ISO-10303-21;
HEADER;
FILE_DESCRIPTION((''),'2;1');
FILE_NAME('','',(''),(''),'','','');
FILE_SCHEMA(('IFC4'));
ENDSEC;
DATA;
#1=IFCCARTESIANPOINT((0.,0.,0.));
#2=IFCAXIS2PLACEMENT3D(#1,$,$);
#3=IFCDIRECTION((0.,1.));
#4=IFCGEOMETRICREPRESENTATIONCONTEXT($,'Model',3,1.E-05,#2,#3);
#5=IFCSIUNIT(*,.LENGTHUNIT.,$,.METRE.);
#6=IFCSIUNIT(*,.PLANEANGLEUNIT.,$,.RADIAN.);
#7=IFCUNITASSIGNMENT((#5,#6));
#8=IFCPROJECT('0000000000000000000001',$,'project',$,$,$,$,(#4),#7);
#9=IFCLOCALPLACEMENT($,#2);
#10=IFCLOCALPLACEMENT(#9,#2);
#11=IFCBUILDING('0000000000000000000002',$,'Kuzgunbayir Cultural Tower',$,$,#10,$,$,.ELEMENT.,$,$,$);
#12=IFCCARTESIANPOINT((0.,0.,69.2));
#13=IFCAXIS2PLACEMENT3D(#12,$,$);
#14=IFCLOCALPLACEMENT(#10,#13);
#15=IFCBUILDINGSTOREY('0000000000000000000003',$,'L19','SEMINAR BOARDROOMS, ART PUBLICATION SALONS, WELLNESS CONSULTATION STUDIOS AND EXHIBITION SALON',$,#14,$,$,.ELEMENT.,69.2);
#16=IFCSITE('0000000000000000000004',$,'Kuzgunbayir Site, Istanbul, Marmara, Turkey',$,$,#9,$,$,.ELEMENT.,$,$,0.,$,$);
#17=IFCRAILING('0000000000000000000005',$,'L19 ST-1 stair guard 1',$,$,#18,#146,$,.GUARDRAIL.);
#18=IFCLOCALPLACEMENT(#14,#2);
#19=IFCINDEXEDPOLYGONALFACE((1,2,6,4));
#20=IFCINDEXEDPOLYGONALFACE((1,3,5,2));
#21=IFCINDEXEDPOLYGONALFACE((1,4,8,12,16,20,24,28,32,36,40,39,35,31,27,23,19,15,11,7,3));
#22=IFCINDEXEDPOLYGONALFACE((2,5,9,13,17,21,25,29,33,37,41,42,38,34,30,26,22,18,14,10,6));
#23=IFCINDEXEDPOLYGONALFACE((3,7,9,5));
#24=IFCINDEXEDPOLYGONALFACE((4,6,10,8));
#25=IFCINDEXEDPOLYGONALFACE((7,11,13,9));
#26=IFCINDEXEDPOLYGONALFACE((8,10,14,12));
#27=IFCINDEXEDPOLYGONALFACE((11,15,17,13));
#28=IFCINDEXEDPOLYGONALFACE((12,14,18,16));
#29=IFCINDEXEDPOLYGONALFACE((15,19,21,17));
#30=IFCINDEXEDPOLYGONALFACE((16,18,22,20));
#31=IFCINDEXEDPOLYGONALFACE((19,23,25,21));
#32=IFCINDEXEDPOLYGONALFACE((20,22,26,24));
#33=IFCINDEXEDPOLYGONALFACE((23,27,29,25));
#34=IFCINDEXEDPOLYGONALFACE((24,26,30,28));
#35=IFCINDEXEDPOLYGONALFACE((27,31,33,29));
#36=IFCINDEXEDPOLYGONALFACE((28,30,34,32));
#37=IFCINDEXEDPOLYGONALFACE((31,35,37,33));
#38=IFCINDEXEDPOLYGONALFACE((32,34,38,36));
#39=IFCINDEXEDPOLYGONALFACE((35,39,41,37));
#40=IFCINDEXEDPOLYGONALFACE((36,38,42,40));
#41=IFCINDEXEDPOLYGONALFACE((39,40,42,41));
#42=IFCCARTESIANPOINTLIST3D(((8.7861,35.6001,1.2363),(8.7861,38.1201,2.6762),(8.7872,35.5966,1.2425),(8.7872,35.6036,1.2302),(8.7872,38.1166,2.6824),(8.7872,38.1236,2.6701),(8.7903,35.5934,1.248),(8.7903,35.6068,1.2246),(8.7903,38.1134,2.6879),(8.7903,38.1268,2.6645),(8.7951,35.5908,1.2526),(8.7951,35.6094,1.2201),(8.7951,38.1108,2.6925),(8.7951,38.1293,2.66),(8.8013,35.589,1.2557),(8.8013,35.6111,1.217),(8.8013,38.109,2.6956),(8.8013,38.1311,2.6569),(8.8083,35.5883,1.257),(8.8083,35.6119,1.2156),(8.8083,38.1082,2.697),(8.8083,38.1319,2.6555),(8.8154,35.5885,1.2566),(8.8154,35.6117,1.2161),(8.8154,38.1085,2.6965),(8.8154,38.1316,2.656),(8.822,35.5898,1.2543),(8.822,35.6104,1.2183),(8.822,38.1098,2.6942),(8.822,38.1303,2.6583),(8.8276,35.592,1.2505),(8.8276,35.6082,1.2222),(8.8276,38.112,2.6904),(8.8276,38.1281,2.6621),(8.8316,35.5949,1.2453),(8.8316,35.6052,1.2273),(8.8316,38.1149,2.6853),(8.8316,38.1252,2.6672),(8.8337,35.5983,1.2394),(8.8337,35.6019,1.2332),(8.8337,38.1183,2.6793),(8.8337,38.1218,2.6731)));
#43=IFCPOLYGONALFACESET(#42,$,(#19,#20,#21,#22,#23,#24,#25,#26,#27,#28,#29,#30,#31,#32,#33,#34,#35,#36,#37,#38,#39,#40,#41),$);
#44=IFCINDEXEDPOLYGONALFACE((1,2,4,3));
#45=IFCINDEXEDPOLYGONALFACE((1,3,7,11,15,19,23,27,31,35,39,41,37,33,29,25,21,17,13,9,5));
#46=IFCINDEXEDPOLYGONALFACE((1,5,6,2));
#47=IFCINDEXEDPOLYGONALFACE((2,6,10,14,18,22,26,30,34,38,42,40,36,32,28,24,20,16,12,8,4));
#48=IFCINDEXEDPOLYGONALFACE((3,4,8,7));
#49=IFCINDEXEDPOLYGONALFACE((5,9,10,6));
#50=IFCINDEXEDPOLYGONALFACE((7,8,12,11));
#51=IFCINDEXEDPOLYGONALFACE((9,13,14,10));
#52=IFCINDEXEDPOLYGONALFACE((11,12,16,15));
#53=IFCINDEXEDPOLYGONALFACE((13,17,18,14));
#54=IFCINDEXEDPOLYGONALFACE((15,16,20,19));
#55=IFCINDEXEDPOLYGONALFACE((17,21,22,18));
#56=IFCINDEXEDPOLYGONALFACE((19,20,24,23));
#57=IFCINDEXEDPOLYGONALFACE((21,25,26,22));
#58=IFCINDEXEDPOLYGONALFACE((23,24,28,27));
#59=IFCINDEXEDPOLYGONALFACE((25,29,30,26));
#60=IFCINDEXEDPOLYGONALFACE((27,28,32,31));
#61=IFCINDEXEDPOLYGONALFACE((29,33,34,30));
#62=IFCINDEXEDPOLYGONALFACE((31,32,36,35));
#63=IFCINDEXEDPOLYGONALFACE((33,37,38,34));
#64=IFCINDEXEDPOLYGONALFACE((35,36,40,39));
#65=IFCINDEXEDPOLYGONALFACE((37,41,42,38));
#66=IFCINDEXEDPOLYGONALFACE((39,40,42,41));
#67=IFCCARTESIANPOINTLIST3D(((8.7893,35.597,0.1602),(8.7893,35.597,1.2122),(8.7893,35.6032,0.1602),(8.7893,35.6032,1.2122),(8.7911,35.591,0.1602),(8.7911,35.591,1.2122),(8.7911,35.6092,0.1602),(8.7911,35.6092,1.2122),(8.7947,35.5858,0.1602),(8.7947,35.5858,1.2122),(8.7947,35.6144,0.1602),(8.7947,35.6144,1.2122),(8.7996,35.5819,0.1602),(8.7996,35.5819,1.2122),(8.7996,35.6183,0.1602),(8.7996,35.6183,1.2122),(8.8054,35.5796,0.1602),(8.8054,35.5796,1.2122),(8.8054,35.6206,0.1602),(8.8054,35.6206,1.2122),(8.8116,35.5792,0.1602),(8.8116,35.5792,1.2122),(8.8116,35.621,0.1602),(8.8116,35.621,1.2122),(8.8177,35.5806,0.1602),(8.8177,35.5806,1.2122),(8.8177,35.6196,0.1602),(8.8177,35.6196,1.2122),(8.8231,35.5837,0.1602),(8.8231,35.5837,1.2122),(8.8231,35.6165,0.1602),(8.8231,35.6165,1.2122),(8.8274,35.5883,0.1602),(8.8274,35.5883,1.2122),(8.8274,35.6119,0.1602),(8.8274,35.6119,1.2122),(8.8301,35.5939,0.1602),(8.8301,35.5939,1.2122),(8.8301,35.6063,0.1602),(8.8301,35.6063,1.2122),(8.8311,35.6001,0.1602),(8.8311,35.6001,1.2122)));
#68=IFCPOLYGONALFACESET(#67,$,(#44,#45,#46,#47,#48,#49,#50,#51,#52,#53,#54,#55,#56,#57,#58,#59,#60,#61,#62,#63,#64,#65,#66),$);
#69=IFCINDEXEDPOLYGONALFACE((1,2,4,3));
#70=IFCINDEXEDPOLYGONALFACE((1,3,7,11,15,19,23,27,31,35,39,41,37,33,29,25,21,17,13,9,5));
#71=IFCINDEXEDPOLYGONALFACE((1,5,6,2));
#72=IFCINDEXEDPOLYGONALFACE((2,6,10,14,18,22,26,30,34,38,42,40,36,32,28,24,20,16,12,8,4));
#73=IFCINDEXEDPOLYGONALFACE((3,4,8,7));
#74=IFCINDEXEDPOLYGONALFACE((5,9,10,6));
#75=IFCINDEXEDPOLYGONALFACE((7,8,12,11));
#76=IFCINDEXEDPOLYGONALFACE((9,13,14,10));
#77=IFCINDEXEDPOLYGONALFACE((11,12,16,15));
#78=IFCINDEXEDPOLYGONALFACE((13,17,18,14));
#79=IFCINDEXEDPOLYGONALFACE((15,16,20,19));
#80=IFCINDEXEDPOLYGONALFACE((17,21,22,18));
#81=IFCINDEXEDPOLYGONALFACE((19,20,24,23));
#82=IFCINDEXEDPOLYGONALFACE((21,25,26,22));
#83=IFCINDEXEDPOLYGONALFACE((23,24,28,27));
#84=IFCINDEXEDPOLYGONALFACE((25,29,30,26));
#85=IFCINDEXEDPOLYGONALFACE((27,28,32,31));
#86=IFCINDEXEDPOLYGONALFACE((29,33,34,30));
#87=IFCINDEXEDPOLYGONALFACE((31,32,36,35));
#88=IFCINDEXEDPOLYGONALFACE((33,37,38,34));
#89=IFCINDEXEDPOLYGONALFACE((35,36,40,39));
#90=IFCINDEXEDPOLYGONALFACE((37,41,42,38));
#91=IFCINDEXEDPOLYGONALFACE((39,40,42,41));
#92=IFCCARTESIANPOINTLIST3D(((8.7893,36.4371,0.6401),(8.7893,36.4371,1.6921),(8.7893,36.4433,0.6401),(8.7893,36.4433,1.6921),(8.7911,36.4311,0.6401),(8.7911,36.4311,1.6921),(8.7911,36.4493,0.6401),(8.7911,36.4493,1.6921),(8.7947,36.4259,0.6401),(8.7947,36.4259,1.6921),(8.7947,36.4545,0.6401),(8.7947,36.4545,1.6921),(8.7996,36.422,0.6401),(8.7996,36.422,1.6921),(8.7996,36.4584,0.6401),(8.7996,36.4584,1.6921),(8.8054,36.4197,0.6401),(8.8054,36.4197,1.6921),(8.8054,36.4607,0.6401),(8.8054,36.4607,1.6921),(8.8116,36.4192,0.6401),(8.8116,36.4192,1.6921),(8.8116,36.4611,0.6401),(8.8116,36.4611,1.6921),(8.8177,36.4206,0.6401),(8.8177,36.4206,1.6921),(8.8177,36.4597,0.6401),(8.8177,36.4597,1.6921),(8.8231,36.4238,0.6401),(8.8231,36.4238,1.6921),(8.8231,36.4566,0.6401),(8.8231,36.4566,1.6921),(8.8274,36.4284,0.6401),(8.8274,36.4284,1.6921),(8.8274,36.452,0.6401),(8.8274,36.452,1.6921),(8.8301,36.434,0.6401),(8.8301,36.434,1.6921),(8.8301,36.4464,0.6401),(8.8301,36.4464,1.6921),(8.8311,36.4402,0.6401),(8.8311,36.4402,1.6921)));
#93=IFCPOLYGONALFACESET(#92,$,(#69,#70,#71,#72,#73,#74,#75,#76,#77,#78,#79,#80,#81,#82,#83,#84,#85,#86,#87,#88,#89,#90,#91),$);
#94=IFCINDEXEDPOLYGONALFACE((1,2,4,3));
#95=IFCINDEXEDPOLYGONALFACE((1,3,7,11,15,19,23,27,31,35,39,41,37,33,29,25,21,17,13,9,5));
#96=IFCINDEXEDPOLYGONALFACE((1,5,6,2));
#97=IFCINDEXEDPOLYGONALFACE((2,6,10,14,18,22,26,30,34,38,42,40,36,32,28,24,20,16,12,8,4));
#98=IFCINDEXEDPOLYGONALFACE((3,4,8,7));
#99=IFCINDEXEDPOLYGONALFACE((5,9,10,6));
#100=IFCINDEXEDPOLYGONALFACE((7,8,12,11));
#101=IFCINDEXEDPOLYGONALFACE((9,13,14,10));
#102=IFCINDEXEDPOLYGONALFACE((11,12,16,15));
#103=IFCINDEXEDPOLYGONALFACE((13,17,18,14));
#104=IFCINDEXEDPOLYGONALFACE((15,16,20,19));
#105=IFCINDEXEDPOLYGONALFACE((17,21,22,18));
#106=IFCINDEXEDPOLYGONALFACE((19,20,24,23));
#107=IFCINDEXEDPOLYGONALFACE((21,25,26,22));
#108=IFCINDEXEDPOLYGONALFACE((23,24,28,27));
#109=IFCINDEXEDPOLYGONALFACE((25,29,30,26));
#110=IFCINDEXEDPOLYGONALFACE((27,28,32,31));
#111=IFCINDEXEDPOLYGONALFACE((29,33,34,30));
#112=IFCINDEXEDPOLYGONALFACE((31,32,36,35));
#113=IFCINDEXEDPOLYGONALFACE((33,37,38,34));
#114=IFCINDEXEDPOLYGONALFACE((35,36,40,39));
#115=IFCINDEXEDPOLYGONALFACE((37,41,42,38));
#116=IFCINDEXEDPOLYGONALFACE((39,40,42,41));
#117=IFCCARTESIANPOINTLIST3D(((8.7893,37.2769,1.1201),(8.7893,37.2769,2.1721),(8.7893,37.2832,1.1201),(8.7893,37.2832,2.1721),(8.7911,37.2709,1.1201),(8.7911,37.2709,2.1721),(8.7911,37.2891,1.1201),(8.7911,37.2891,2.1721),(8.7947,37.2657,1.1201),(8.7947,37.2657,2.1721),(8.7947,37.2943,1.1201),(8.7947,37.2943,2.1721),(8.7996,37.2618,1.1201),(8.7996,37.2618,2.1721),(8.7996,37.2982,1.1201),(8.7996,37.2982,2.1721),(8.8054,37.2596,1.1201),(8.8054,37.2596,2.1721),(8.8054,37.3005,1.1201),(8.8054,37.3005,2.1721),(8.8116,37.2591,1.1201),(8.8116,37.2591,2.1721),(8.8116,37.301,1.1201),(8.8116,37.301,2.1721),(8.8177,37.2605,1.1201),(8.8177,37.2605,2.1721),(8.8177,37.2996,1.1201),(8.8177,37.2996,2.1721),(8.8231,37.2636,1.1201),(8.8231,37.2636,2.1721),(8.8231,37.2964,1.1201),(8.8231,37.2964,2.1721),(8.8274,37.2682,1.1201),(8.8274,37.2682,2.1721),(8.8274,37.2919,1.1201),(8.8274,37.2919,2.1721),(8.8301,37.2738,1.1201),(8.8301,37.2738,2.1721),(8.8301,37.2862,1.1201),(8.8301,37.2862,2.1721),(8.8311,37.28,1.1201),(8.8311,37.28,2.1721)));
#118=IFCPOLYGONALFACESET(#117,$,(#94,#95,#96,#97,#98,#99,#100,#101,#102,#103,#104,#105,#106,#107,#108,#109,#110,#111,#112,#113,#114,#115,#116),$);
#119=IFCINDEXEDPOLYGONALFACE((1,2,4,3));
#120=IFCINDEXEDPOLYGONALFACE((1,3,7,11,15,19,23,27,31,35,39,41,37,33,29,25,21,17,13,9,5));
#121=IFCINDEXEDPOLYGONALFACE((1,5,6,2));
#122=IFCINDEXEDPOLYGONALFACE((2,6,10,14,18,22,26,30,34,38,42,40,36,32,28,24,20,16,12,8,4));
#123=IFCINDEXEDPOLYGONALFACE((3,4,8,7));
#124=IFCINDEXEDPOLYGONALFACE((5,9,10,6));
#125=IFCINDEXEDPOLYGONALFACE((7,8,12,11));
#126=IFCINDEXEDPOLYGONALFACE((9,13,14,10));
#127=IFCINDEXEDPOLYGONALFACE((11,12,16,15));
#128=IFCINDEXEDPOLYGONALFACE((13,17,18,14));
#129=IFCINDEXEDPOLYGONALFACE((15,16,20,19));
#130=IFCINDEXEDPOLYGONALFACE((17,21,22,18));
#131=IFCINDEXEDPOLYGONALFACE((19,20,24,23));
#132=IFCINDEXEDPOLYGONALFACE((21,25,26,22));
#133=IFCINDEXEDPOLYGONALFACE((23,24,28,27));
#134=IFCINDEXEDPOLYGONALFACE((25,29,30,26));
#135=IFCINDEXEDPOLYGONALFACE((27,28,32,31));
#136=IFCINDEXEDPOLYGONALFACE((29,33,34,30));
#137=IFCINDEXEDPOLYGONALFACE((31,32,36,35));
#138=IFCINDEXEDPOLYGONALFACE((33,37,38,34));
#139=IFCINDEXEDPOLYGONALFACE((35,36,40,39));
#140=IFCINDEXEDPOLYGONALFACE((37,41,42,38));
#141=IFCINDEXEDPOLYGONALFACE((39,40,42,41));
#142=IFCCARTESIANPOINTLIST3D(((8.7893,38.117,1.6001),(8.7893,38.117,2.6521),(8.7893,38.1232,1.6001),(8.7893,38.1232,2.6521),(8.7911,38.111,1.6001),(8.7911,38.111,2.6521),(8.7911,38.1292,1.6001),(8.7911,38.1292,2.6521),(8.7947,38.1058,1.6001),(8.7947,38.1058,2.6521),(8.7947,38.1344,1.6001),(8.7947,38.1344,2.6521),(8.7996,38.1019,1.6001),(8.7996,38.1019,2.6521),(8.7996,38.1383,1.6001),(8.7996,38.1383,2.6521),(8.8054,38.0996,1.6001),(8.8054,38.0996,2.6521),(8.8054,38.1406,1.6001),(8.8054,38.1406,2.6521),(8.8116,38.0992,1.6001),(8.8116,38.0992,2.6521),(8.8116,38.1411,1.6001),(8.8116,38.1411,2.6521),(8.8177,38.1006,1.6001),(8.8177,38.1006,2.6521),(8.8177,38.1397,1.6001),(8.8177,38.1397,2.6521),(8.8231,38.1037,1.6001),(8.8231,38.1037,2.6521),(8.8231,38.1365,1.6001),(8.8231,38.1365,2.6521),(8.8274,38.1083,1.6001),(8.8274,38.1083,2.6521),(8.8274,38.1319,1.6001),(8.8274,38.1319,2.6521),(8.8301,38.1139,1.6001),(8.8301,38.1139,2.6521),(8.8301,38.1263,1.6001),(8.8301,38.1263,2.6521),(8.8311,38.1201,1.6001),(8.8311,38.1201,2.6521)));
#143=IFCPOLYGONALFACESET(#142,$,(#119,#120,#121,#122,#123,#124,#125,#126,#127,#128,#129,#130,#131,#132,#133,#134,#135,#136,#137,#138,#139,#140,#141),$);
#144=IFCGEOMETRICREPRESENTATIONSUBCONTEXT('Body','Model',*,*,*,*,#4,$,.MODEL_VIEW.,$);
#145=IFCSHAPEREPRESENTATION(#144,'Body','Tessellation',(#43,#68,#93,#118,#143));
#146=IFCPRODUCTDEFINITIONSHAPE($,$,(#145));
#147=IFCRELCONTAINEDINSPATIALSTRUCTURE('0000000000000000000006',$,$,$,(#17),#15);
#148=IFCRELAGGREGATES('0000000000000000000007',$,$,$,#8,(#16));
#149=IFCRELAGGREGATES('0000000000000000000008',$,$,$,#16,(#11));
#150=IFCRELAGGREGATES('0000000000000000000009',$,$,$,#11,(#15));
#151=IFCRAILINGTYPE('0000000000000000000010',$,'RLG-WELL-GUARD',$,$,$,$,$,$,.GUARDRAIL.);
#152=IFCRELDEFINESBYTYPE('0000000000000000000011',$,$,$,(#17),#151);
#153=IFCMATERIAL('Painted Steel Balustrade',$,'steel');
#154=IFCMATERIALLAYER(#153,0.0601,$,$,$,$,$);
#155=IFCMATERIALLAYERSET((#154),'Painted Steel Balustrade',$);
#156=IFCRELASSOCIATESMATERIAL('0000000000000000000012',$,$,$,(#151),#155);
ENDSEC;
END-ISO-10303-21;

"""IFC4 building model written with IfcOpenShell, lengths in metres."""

from ifc_helpers import new_model, si_unit, direction, frame, origin, origin_2d, place, context, subcontext, project, spatial, circle, extrude, material, layer, layer_set, type_object, element, save


model = new_model("IFC4")

# Units and contexts
model_context = context("Model", 3, precision=1e-05, world=origin(), true_north=direction((0.0, 1.0)))
body_context = subcontext(model_context, "Body", "Model", "MODEL_VIEW")
ifc_project = project(units=[si_unit("LENGTHUNIT", "METRE"), si_unit("PLANEANGLEUNIT", "RADIAN")], contexts=[model_context])

# Site, building, storey
site_placement = place(None, origin())
site = spatial("IfcSite", under=ifc_project, at=site_placement, Name="Kuzgunbayir Site, Istanbul, Marmara, Turkey", CompositionType="ELEMENT", RefElevation=0.0)
building_placement = place(site_placement, origin())
building = spatial("IfcBuilding", under=site, at=building_placement, Name="Kuzgunbayir Cultural Tower", CompositionType="ELEMENT")
storey_placement = place(building_placement, frame((0.0, 0.0, 69.2)))
storey = spatial("IfcBuildingStorey", under=building, at=storey_placement, Name="L19", Description="SEMINAR BOARDROOMS, ART PUBLICATION SALONS, WELLNESS CONSULTATION STUDIOS AND EXHIBITION SALON", CompositionType="ELEMENT", Elevation=69.2)

# Railing
ifc_material_1 = material(Name="Painted Steel Balustrade", Category="steel")
ifc_layer_1 = layer(ifc_material_1, 0.0601)
ifc_layer_set_1 = layer_set([ifc_layer_1], Name="Painted Steel Balustrade")
railing_type_1 = type_object("IfcRailingType", Name="RLG-WELL-GUARD", PredefinedType="GUARDRAIL", material=ifc_layer_set_1)
railing_1_placement = place(storey_placement, frame((8.8101, 35.6001, 0.1602)))
element("IfcRailing", 1, at=railing_1_placement, inside=storey, type_object=railing_type_1, Name="L19 ST-1 stair guard 1", PredefinedType="GUARDRAIL", context=body_context, shape_type="SweptSolid", body=[
    extrude(circle(Radius=0.0239, at=origin_2d()), frame((0.0, 0.0, 1.0762), z_axis=(0.0, 0.868253, 0.496121), x_axis=(-1.0, 0.0, 0.0)), (0.0, 0.0, 1.0), 2.9023),
    extrude(circle(Radius=0.021, at=origin_2d()), origin(), (0.0, 0.0, 1.0), 1.052),
    extrude(circle(Radius=0.021, at=origin_2d()), frame((0.0, 0.8401, 0.48)), (0.0, 0.0, 1.0), 1.052),
    extrude(circle(Radius=0.021, at=origin_2d()), frame((0.0, 1.6799, 0.96)), (0.0, 0.0, 1.0), 1.052),
    extrude(circle(Radius=0.021, at=origin_2d()), frame((0.0, 2.52, 1.4399)), (0.0, 0.0, 1.0), 1.052),
])

save(model, "model.ifc")
